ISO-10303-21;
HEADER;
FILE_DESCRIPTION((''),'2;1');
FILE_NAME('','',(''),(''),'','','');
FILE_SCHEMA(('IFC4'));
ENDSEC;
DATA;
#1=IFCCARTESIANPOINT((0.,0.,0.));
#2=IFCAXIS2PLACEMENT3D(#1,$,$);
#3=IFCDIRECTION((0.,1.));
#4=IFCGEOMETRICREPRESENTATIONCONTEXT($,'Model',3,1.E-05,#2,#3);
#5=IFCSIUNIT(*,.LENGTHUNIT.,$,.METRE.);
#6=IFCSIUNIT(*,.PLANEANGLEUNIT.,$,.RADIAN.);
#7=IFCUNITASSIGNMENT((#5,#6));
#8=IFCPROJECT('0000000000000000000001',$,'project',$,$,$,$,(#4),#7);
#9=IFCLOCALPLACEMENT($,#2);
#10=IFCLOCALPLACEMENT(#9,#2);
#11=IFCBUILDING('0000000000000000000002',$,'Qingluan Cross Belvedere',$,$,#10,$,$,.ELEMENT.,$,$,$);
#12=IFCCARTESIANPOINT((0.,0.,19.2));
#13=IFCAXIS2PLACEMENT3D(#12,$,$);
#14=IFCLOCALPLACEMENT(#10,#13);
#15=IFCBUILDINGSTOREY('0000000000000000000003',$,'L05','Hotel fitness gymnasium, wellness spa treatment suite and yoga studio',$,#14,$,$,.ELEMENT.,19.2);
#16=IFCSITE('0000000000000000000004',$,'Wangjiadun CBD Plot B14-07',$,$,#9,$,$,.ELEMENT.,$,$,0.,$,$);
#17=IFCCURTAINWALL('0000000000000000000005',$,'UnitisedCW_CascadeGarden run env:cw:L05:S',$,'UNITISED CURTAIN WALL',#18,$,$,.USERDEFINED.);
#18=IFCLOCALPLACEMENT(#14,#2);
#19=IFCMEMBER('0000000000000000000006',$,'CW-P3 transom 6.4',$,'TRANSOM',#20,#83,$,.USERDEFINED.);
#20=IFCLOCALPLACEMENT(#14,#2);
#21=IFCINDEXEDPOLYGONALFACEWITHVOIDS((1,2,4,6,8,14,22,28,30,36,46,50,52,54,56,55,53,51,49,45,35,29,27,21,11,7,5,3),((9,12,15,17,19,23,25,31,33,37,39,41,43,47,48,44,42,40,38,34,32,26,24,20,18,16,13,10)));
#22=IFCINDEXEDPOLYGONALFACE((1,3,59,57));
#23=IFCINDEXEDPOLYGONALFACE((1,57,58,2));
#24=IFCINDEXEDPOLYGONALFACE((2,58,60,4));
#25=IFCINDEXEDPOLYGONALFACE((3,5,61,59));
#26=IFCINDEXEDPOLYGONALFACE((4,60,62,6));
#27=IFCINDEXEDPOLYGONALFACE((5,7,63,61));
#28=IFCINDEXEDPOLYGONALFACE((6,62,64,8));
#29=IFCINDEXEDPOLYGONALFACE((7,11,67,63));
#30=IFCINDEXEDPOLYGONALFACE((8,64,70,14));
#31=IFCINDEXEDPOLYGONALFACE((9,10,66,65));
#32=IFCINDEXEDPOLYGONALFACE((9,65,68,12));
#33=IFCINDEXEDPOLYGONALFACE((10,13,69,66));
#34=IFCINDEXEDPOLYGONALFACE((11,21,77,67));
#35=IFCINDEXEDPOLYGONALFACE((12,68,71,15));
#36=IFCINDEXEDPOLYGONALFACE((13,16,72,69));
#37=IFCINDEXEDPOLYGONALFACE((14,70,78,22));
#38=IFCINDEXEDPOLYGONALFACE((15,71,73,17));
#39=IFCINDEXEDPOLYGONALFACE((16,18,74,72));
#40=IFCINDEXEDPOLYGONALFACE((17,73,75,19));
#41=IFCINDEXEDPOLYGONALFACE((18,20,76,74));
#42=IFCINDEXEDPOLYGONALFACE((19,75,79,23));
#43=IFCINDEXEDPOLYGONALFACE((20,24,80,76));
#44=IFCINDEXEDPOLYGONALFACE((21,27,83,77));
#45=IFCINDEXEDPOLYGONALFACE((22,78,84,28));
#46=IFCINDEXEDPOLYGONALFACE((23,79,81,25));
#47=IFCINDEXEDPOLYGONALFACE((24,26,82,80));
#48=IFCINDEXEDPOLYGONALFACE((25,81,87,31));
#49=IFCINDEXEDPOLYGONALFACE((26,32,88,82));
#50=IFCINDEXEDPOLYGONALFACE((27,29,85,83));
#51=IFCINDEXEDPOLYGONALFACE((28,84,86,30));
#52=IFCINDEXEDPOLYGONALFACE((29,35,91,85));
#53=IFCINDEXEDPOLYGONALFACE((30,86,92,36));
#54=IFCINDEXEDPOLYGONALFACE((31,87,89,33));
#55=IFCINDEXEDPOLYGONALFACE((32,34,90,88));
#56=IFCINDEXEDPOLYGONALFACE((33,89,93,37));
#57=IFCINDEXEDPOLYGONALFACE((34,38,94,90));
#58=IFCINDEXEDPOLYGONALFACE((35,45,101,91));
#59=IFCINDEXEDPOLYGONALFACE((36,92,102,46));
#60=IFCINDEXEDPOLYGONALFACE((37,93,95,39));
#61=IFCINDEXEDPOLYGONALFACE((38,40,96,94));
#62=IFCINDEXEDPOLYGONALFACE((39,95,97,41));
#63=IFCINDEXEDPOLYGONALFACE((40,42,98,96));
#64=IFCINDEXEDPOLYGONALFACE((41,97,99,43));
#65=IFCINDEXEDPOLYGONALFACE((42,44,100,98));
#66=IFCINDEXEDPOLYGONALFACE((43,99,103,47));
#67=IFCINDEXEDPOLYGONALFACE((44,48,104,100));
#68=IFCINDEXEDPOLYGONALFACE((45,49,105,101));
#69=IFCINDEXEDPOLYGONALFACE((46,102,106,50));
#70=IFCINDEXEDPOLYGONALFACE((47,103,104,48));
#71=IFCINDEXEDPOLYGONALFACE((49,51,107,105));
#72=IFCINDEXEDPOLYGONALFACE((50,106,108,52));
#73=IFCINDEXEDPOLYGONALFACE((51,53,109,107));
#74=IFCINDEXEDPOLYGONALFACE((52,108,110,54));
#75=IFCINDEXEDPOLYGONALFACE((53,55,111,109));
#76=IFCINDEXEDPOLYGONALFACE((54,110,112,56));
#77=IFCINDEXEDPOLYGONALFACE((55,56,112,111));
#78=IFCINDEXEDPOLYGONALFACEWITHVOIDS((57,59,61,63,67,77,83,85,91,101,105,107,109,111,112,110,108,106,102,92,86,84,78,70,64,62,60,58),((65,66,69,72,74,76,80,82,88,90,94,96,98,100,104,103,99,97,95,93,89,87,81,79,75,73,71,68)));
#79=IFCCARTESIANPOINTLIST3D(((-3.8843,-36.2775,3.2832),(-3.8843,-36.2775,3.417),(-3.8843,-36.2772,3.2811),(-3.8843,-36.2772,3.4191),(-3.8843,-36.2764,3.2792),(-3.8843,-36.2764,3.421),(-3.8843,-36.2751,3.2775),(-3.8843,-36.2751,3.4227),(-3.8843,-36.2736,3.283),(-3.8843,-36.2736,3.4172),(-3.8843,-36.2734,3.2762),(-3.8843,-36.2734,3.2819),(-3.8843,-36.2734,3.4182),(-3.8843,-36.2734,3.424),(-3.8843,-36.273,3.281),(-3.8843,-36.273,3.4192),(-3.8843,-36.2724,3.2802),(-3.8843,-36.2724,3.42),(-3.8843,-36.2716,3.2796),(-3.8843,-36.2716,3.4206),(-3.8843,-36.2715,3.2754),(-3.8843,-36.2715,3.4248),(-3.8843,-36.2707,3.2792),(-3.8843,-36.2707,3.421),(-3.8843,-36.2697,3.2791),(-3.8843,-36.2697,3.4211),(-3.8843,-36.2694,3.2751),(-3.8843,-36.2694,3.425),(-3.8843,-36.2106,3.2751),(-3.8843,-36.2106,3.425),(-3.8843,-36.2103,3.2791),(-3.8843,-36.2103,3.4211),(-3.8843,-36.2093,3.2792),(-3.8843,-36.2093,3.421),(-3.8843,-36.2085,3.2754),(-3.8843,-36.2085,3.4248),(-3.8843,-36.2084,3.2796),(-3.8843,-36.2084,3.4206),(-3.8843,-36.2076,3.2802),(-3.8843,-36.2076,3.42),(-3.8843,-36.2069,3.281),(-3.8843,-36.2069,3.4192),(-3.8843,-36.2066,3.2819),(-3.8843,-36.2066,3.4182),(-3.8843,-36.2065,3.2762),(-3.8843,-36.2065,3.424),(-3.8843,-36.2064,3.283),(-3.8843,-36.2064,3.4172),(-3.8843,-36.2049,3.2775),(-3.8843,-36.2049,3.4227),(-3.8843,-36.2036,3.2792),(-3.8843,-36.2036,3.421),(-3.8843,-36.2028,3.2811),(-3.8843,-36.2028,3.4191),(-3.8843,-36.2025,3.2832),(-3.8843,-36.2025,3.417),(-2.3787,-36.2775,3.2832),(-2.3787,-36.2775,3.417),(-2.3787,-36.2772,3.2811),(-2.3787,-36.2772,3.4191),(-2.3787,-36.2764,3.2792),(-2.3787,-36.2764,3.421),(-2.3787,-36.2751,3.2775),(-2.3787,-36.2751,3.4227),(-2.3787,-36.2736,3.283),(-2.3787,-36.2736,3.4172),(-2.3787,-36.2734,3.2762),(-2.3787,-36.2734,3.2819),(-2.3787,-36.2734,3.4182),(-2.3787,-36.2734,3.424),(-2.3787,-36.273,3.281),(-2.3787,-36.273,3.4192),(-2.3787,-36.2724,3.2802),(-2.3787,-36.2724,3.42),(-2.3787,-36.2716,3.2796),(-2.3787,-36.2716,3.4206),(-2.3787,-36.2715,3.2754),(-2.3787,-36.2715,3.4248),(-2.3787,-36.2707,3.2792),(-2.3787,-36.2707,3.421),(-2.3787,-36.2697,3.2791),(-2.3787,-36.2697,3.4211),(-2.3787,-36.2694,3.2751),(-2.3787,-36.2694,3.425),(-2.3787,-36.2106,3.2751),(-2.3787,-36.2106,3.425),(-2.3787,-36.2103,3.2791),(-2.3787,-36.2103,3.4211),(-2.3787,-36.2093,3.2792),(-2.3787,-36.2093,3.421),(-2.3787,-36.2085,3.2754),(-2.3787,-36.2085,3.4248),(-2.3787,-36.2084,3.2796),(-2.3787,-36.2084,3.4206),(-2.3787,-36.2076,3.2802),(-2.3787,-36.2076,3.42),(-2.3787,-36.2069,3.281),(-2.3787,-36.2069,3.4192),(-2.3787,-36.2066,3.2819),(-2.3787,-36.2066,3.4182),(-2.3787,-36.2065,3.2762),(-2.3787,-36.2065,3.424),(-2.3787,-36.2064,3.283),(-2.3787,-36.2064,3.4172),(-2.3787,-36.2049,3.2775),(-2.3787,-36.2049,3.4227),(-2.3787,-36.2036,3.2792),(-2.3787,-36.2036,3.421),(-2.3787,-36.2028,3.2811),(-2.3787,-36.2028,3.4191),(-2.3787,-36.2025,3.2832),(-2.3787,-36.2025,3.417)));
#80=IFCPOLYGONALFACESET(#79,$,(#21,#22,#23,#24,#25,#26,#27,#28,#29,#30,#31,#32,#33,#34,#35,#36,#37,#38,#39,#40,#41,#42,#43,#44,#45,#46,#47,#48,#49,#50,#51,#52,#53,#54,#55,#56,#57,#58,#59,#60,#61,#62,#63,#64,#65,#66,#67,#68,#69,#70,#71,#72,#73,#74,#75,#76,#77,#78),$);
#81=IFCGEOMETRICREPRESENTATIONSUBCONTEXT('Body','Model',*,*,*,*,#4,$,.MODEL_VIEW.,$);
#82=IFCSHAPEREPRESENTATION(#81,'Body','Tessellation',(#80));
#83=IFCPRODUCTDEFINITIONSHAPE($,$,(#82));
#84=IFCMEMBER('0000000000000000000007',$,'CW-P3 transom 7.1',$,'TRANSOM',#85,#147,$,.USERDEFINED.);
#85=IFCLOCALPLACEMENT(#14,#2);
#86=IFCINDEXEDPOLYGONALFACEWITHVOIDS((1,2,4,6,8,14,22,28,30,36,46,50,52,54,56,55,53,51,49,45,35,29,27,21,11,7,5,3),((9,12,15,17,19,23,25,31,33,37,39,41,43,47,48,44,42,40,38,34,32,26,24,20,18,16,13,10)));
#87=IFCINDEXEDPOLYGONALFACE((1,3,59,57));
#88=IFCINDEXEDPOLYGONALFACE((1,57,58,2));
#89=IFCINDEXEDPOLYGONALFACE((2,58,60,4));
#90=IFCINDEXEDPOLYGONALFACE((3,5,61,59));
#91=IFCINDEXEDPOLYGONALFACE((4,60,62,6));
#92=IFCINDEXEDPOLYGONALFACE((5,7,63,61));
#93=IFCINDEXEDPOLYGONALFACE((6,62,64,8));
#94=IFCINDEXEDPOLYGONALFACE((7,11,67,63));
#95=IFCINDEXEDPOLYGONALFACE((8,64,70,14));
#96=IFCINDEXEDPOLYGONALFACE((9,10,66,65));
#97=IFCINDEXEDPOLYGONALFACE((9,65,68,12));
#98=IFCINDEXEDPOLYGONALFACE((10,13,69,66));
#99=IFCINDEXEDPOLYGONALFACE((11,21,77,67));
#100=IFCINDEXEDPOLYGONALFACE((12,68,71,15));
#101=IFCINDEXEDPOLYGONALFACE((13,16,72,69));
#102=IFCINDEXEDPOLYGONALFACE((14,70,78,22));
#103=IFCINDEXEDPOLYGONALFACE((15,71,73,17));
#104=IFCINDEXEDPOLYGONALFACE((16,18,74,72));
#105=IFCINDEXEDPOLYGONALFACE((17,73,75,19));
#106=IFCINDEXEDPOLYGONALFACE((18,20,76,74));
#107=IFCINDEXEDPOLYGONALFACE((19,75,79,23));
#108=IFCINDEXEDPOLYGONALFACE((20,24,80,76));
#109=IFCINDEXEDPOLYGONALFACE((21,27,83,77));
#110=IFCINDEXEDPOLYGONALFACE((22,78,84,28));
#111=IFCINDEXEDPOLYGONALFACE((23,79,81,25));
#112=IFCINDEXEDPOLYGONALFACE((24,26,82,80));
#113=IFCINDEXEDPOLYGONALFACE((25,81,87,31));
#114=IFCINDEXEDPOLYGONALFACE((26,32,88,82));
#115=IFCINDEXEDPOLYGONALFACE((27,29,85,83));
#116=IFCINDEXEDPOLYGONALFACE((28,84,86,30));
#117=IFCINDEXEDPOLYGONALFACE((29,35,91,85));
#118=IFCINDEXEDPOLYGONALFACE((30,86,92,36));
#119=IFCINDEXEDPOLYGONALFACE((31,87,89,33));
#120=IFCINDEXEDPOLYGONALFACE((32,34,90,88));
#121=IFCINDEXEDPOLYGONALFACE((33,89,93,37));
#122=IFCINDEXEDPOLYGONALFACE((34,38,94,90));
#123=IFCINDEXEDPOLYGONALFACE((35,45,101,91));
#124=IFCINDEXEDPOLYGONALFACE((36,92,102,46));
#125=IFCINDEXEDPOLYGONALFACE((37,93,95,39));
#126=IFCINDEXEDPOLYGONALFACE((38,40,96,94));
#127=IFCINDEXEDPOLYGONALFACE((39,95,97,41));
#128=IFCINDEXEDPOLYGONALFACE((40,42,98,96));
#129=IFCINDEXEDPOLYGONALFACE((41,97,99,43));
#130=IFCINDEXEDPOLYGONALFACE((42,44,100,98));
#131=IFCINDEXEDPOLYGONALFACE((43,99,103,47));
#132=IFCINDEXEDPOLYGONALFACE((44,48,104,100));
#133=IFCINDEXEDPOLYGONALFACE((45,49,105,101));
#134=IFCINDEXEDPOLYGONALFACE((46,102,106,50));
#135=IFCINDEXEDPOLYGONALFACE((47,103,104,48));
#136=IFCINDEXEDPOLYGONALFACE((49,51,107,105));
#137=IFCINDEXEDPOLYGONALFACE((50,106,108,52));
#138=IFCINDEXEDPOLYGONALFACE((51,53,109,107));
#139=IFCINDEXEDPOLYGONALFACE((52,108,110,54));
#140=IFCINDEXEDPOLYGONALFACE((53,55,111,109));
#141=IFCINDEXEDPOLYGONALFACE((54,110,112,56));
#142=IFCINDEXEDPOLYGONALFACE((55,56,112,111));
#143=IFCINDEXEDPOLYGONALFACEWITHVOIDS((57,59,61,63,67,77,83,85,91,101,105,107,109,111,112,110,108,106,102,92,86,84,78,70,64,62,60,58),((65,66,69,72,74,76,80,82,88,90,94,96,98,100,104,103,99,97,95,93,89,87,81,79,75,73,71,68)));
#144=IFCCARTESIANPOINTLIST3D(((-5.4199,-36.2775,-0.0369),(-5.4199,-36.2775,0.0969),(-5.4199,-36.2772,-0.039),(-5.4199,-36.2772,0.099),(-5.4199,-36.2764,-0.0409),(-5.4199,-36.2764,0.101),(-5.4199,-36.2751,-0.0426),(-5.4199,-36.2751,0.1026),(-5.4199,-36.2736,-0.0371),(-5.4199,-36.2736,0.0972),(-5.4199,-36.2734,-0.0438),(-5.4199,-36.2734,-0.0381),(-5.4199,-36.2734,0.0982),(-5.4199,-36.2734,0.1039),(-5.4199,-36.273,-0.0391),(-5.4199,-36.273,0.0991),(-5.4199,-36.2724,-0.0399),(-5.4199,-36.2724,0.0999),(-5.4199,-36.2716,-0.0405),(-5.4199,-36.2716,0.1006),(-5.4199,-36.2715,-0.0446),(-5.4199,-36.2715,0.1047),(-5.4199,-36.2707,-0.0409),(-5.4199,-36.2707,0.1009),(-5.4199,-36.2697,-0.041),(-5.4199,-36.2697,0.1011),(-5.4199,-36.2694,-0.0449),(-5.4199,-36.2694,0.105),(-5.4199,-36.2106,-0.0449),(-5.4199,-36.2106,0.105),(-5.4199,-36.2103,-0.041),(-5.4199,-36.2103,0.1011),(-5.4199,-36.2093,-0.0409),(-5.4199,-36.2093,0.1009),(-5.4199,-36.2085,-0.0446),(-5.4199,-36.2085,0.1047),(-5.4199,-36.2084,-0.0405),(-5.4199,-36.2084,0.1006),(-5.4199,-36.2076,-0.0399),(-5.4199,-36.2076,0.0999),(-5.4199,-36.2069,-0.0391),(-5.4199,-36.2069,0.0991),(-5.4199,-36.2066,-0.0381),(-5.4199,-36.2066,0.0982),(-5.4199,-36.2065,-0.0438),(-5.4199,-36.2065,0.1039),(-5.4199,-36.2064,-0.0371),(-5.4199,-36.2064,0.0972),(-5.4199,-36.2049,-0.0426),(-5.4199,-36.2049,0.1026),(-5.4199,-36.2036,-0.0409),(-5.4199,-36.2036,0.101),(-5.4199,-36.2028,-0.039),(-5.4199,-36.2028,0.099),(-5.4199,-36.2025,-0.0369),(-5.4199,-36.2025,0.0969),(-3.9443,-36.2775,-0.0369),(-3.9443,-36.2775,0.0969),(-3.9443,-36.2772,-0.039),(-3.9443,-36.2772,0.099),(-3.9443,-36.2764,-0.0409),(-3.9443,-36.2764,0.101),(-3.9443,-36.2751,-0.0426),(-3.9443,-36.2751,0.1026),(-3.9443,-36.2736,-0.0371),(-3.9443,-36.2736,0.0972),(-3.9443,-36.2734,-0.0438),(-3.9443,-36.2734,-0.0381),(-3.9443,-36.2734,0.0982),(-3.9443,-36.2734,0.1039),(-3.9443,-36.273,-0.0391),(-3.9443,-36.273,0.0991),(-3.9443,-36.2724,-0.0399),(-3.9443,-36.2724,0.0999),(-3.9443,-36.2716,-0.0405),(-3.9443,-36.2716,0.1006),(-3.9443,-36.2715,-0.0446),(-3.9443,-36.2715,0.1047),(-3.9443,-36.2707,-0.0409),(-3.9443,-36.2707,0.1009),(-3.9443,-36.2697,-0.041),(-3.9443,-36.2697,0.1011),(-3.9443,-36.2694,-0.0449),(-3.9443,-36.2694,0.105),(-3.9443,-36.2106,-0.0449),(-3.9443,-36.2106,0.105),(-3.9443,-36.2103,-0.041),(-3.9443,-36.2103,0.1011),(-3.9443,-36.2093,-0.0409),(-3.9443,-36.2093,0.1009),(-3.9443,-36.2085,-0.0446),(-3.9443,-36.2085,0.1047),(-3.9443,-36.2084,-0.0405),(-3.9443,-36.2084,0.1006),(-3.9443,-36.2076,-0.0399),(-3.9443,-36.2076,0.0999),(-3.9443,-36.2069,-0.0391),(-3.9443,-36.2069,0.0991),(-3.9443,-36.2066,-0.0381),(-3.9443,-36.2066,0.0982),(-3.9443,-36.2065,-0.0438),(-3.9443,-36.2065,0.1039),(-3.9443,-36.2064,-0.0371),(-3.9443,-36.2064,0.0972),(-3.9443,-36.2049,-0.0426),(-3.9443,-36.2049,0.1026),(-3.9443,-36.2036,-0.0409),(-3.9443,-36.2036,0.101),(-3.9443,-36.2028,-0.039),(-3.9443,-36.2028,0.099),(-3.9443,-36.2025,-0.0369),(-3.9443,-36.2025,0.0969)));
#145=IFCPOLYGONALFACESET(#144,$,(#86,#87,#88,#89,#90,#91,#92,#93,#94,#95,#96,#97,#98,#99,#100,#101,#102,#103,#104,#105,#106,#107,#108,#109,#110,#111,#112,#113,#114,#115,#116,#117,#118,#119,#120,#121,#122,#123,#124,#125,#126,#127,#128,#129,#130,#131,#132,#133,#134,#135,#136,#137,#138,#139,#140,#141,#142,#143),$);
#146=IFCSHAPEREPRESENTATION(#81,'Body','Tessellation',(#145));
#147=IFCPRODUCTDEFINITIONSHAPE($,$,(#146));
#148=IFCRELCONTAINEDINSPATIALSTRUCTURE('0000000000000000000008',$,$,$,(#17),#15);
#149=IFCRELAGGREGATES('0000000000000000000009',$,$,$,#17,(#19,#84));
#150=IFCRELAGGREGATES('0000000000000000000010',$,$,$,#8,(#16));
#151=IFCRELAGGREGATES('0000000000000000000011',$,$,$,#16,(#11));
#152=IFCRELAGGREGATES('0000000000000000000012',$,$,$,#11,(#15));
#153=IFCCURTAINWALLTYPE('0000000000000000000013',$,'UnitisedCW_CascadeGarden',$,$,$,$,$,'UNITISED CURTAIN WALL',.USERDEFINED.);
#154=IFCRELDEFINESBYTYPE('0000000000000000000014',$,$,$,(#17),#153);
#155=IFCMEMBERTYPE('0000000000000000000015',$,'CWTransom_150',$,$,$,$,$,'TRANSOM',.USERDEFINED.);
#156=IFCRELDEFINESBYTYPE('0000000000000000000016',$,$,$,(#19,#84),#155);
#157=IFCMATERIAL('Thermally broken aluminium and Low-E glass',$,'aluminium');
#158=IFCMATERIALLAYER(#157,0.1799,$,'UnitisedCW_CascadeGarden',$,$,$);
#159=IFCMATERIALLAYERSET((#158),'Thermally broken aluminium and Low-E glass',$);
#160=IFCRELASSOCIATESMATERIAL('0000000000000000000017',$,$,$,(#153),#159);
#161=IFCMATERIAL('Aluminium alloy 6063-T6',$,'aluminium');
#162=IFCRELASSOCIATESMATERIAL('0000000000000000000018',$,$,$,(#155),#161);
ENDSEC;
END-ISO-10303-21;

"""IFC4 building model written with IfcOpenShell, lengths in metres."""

from ifc_helpers import new_model, si_unit, direction, frame, origin, origin_2d, place, context, subcontext, project, spatial, hollow_rectangle, extrude, material, layer, layer_set, material_profile, profile_set, type_object, element, aggregate, save


model = new_model("IFC4")

# Units and contexts
model_context = context("Model", 3, precision=1e-05, world=origin(), true_north=direction((0.0, 1.0)))
body_context = subcontext(model_context, "Body", "Model", "MODEL_VIEW")
ifc_project = project(units=[si_unit("LENGTHUNIT", "METRE"), si_unit("PLANEANGLEUNIT", "RADIAN")], contexts=[model_context])

# Site, building, storey
site_placement = place(None, origin())
site = spatial("IfcSite", under=ifc_project, at=site_placement, Name="Wangjiadun CBD Plot B14-07", CompositionType="ELEMENT", RefElevation=0.0)
building_placement = place(site_placement, origin())
building = spatial("IfcBuilding", under=site, at=building_placement, Name="Qingluan Cross Belvedere", CompositionType="ELEMENT")
storey_placement = place(building_placement, frame((0.0, 0.0, 19.2)))
storey = spatial("IfcBuildingStorey", under=building, at=storey_placement, Name="L05", Description="Hotel fitness gymnasium, wellness spa treatment suite and yoga studio", CompositionType="ELEMENT", Elevation=19.2)

# Curtain wall, members
ifc_material_1 = material(Name="Thermally broken aluminium and Low-E glass", Category="aluminium")
ifc_layer_1 = layer(ifc_material_1, 0.1799, Name="UnitisedCW_CascadeGarden")
ifc_layer_set_1 = layer_set([ifc_layer_1], Name="Thermally broken aluminium and Low-E glass")
curtain_wall_type = type_object("IfcCurtainWallType", Name="UnitisedCW_CascadeGarden", ElementType="UNITISED CURTAIN WALL", PredefinedType="USERDEFINED", material=ifc_layer_set_1)
curtain_wall_placement = place(storey_placement, origin())
curtain_wall = element("IfcCurtainWall", 1, at=curtain_wall_placement, inside=storey, type_object=curtain_wall_type, Name="UnitisedCW_CascadeGarden run env:cw:L05:S", ObjectType="UNITISED CURTAIN WALL", PredefinedType="USERDEFINED")
ifc_material_2 = material(Name="Aluminium alloy 6063-T6", Category="aluminium")
ifc_material_profile_1 = material_profile(ifc_material_2, hollow_rectangle(XDim=0.075, YDim=0.1499, WallThickness=0.0039, InnerFilletRadius=0.0039, OuterFilletRadius=0.0081, at=origin_2d()), Name="CWT150x75x4")
ifc_profile_set_1 = profile_set([ifc_material_profile_1], Name="Aluminium alloy 6063-T6")
member_type_1 = type_object("IfcMemberType", Name="CWTransom_150", ElementType="TRANSOM", PredefinedType="USERDEFINED", material=ifc_profile_set_1)
member_1_placement = place(storey_placement, frame((-2.3787, -36.24, 3.3501), z_axis=(-1.0, 0.0, 0.0), x_axis=(0.0, -1.0, 0.0)))
member_1 = element("IfcMember", 2, at=member_1_placement, type_object=member_type_1, Name="CW-P3 transom 6.4", ObjectType="TRANSOM", PredefinedType="USERDEFINED", context=body_context, shape_type="SweptSolid", body=[
    extrude(hollow_rectangle(XDim=0.075, YDim=0.1499, WallThickness=0.0039, InnerFilletRadius=0.0039, OuterFilletRadius=0.0081, at=origin_2d()), origin(), (0.0, 0.0, 1.0), 1.5056),
])
member_2_placement = place(storey_placement, frame((-3.9443, -36.24, 0.03), z_axis=(-1.0, 0.0, 0.0), x_axis=(0.0, -1.0, 0.0)))
member_2 = element("IfcMember", 3, at=member_2_placement, type_object=member_type_1, Name="CW-P3 transom 7.1", ObjectType="TRANSOM", PredefinedType="USERDEFINED", context=body_context, shape_type="SweptSolid", body=[
    extrude(hollow_rectangle(XDim=0.075, YDim=0.1499, WallThickness=0.0039, InnerFilletRadius=0.0039, OuterFilletRadius=0.0081, at=origin_2d()), origin(), (0.0, 0.0, 1.0), 1.4756),
])

aggregate(curtain_wall, [member_1, member_2])

save(model, "model.ifc")
